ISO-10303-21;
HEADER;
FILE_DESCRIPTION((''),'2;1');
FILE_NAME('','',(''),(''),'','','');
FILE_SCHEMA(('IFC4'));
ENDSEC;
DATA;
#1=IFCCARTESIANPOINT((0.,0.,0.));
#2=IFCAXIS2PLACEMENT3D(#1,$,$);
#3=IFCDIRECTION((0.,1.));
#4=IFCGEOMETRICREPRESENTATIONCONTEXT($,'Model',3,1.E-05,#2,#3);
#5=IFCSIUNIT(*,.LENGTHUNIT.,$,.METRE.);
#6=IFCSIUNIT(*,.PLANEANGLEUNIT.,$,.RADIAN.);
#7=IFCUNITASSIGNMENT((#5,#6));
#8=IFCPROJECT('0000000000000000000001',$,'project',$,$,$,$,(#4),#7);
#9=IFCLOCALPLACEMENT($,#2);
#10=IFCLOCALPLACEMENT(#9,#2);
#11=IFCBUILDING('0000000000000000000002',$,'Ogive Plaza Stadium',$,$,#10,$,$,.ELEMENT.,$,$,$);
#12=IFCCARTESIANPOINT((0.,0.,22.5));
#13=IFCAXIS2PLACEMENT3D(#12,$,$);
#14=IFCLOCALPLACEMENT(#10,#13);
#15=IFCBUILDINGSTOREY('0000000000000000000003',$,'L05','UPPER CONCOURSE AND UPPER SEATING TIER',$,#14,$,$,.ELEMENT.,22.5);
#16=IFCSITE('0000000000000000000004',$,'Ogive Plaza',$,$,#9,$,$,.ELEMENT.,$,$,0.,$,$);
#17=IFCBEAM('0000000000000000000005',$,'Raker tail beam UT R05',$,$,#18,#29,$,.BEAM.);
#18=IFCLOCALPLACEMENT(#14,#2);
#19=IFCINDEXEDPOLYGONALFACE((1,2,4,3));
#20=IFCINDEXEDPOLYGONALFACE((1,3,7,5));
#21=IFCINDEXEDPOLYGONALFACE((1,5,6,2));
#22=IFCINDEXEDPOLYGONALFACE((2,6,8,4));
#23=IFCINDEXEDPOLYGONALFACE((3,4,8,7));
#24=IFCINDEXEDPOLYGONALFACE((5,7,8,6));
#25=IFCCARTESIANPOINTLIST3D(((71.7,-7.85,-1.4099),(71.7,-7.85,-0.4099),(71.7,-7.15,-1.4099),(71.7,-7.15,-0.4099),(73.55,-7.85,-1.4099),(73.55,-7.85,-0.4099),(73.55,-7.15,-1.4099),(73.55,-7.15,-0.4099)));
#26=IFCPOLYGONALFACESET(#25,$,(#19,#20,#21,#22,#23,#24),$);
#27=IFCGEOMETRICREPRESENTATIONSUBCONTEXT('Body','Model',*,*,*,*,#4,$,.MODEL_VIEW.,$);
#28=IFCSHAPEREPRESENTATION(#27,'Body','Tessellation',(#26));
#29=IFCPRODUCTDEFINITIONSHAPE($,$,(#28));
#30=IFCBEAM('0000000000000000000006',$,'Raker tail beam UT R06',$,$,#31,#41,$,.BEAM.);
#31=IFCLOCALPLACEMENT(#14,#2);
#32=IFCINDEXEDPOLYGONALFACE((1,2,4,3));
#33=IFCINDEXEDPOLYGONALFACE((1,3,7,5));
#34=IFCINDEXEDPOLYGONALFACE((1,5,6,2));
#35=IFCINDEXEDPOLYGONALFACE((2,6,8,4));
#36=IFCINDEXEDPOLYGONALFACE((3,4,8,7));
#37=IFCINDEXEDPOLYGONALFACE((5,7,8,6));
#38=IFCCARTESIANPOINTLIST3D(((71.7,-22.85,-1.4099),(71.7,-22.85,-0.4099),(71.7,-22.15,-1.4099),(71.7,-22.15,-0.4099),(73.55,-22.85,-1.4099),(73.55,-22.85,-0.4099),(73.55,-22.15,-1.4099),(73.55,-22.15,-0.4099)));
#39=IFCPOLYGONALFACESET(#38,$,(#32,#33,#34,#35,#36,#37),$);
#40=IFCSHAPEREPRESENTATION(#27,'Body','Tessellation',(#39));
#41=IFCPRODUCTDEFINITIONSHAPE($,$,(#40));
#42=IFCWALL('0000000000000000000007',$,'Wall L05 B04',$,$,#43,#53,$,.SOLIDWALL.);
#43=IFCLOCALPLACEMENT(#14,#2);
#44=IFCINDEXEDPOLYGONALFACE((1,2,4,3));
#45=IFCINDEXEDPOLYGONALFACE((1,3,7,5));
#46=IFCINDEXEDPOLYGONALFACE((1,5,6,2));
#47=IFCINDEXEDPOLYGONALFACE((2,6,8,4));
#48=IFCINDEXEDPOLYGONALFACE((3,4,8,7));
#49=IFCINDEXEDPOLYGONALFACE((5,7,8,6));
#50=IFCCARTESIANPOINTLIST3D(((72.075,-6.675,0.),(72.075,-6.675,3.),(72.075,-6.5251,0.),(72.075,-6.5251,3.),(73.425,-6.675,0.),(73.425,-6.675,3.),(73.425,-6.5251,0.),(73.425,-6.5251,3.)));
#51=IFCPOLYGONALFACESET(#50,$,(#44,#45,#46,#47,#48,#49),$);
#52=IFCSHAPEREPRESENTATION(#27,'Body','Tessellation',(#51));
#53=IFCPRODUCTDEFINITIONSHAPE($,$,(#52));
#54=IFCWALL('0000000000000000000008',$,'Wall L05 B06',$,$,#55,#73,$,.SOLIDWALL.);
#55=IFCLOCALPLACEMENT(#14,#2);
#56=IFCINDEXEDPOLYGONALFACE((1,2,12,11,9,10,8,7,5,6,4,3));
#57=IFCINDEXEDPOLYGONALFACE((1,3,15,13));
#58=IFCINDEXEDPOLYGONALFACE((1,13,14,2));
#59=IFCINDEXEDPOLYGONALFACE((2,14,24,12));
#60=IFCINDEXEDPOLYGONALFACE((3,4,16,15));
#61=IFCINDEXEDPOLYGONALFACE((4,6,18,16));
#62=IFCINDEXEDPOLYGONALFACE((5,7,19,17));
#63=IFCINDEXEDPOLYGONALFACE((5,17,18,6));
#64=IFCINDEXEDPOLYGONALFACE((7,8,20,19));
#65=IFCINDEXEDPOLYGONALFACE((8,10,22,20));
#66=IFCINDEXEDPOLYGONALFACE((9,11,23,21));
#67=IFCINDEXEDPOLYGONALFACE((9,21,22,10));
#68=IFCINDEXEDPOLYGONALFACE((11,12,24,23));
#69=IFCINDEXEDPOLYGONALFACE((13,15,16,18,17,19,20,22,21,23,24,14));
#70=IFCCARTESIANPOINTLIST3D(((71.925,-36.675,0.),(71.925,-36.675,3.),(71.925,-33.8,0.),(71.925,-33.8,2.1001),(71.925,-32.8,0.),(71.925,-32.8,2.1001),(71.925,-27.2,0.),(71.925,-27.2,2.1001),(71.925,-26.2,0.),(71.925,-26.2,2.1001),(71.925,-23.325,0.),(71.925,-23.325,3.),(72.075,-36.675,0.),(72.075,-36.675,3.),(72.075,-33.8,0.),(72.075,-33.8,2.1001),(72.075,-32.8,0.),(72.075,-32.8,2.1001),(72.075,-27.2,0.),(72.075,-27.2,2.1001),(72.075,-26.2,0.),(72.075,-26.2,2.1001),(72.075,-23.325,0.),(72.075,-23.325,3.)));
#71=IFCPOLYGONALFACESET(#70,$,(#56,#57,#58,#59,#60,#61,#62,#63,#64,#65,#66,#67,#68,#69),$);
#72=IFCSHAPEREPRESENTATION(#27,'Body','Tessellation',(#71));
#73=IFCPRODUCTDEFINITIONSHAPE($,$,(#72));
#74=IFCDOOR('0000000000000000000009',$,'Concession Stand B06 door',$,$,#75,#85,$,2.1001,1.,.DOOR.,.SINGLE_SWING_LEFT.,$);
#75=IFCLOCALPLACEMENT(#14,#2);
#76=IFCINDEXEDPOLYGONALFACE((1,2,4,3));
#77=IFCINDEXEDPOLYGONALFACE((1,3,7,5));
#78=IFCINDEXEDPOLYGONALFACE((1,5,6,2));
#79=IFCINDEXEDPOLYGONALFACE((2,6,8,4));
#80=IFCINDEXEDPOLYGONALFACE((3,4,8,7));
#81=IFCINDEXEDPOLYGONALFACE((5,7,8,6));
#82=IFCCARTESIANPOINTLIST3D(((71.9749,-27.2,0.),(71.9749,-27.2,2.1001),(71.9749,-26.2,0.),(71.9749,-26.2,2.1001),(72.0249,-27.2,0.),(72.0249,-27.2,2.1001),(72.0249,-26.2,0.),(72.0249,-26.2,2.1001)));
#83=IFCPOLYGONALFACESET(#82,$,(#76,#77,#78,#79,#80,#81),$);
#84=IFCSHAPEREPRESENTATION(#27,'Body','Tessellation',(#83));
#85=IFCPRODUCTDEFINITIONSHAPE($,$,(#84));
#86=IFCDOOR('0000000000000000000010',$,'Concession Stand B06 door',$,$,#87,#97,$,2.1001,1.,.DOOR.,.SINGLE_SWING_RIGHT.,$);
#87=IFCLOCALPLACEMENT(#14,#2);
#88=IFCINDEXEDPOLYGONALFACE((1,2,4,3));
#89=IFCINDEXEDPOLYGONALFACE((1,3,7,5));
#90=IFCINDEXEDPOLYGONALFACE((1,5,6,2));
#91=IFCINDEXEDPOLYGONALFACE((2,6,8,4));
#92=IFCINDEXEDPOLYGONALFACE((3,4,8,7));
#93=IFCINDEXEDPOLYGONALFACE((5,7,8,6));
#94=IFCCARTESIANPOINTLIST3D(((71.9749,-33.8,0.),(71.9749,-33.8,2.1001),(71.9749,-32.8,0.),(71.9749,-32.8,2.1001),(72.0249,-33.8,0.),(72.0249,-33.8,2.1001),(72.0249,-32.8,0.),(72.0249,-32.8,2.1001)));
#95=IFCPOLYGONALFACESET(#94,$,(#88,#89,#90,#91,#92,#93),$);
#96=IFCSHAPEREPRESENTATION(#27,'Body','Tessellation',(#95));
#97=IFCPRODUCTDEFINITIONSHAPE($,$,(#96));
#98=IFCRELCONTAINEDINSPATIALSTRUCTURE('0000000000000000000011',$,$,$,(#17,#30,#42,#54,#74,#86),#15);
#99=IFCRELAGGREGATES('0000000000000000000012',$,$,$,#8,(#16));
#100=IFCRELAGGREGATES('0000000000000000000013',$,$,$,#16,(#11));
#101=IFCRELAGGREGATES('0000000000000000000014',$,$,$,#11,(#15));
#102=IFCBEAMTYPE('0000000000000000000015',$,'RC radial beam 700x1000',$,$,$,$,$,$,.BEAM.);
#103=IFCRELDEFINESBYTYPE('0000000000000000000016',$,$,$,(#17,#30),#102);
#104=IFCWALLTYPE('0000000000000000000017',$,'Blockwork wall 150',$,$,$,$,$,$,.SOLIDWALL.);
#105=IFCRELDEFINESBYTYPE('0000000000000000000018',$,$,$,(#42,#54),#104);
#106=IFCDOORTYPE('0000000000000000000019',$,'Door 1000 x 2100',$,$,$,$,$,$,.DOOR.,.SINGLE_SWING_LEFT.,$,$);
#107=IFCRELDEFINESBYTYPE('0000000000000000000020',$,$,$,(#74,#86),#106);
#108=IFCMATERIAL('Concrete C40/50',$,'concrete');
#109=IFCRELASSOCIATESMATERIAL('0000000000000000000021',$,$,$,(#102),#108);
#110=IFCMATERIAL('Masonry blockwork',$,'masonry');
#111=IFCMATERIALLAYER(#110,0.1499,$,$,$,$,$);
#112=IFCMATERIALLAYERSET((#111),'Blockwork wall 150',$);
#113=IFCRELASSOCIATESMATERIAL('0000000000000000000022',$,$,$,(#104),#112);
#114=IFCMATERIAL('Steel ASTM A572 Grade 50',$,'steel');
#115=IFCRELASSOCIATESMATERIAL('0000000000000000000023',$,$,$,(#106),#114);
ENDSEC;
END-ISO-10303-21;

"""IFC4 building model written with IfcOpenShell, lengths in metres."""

from ifc_helpers import new_model, si_unit, direction, frame, frame_2d, origin, origin_2d, place, context, subcontext, project, spatial, rectangle, extrude, material, layer, layer_set, material_profile, profile_set, type_object, element, fill, save


model = new_model("IFC4")

# Units and contexts
model_context = context("Model", 3, precision=1e-05, world=origin(), true_north=direction((0.0, 1.0)))
body_context = subcontext(model_context, "Body", "Model", "MODEL_VIEW")
ifc_project = project(units=[si_unit("LENGTHUNIT", "METRE"), si_unit("PLANEANGLEUNIT", "RADIAN")], contexts=[model_context])

# Site, building, storey
site_placement = place(None, origin())
site = spatial("IfcSite", under=ifc_project, at=site_placement, Name="Ogive Plaza", CompositionType="ELEMENT", RefElevation=0.0)
building_placement = place(site_placement, origin())
building = spatial("IfcBuilding", under=site, at=building_placement, Name="Ogive Plaza Stadium", CompositionType="ELEMENT")
storey_placement = place(building_placement, frame((0.0, 0.0, 22.5)))
storey = spatial("IfcBuildingStorey", under=building, at=storey_placement, Name="L05", Description="UPPER CONCOURSE AND UPPER SEATING TIER", CompositionType="ELEMENT", Elevation=22.5)

# Beams
ifc_material_1 = material(Name="Concrete C40/50", Category="concrete")
ifc_material_profile = material_profile(ifc_material_1, rectangle(XDim=0.7, YDim=1.0, at=origin_2d()), Name="RC 700x1000")
ifc_profile_set = profile_set([ifc_material_profile], Name="Concrete C40/50")
beam_type = type_object("IfcBeamType", Name="RC radial beam 700x1000", PredefinedType="BEAM", material=ifc_profile_set)
for number, where, z_axis, x_axis, name in (
    (1, (71.7, -7.5, -0.9099), (1.0, 0.0, 0.0), (0.0, 1.0, 0.0), "Raker tail beam UT R05"),
    (2, (71.7, -22.5, -0.9099), (1.0, 0.0, 0.0), (0.0, 1.0, 0.0), "Raker tail beam UT R06"),
):
    element("IfcBeam", number, at=place(storey_placement, frame(where, z_axis=z_axis, x_axis=x_axis)), inside=storey, type_object=beam_type, Name=name, PredefinedType="BEAM", context=body_context, shape_type="SweptSolid", body=[
        extrude(rectangle(XDim=0.7, YDim=1.0, at=origin_2d()), origin(), (0.0, 0.0, 1.0), 1.8501),
    ])

# Wall
ifc_material_2 = material(Name="Masonry blockwork", Category="masonry")
ifc_layer_1 = layer(ifc_material_2, 0.1499)
ifc_layer_set_1 = layer_set([ifc_layer_1], Name="Blockwork wall 150")
wall_type_1 = type_object("IfcWallType", Name="Blockwork wall 150", PredefinedType="SOLIDWALL", material=ifc_layer_set_1)
wall_1_placement = place(storey_placement, frame((72.075, -6.6001, 0.0), z_axis=(0.0, 0.0, 1.0), x_axis=(1.0, 0.0, 0.0)))
element("IfcWall", 3, at=wall_1_placement, inside=storey, type_object=wall_type_1, Name="Wall L05 B04", PredefinedType="SOLIDWALL", context=body_context, shape_type="SweptSolid", body=[
    extrude(rectangle(XDim=1.3501, YDim=0.1499, at=frame_2d((0.675, 0.0))), origin(), (0.0, 0.0, 1.0), 3.0),
])

# Wall, openings, doors
wall_2_placement = place(storey_placement, frame((72.0, -23.325, 0.0), z_axis=(0.0, 0.0, 1.0), x_axis=(0.0, -1.0, 0.0)))
wall_2 = element("IfcWall", 4, at=wall_2_placement, inside=storey, type_object=wall_type_1, Name="Wall L05 B06", PredefinedType="SOLIDWALL", context=body_context, shape_type="SweptSolid", body=[
    extrude(rectangle(XDim=13.3501, YDim=0.1499, at=frame_2d((6.675, 0.0))), origin(), (0.0, 0.0, 1.0), 3.0),
])
opening_1_placement = place(wall_2_placement, frame((2.875, 0.0, 0.0)))
opening_1 = element("IfcOpeningElement", 5, at=opening_1_placement, cuts=wall_2, PredefinedType="OPENING", context=body_context, shape_type="SweptSolid", body=[
    extrude(rectangle(XDim=1.0, YDim=2.1001, at=frame_2d((0.5, 1.05))), frame((0.0, 0.075, 0.0), z_axis=(0.0, -1.0, 0.0), x_axis=(1.0, 0.0, 0.0)), (0.0, 0.0, 1.0), 0.1499),
])
opening_2_placement = place(wall_2_placement, frame((9.4751, 0.0, 0.0)))
opening_2 = element("IfcOpeningElement", 6, at=opening_2_placement, cuts=wall_2, PredefinedType="OPENING", context=body_context, shape_type="SweptSolid", body=[
    extrude(rectangle(XDim=1.0, YDim=2.1001, at=frame_2d((0.5, 1.05))), frame((0.0, 0.075, 0.0), z_axis=(0.0, -1.0, 0.0), x_axis=(1.0, 0.0, 0.0)), (0.0, 0.0, 1.0), 0.1499),
])
ifc_material_3 = material(Name="Steel ASTM A572 Grade 50", Category="steel")
door_type_1 = type_object("IfcDoorType", Name="Door 1000 x 2100", OperationType="SINGLE_SWING_LEFT", PredefinedType="DOOR", material=ifc_material_3)
door_1_placement = place(opening_1_placement, origin())
door_1 = element("IfcDoor", 7, at=door_1_placement, inside=storey, type_object=door_type_1, Name="Concession Stand B06 door", OperationType="SINGLE_SWING_LEFT", OverallHeight=2.1001, OverallWidth=1.0, PredefinedType="DOOR", context=body_context, shape_type="SweptSolid", body=[
    extrude(rectangle(XDim=1.0, YDim=2.1001, at=frame_2d((0.5, 1.05))), frame((0.0, 0.0249, 0.0), z_axis=(0.0, -1.0, 0.0), x_axis=(1.0, 0.0, 0.0)), (0.0, 0.0, 1.0), 0.05),
])
fill(opening_1, door_1)
door_2_placement = place(opening_2_placement, origin())
door_2 = element("IfcDoor", 8, at=door_2_placement, inside=storey, type_object=door_type_1, Name="Concession Stand B06 door", OperationType="SINGLE_SWING_RIGHT", OverallHeight=2.1001, OverallWidth=1.0, PredefinedType="DOOR", context=body_context, shape_type="SweptSolid", body=[
    extrude(rectangle(XDim=1.0, YDim=2.1001, at=frame_2d((0.5, 1.05))), frame((0.0, 0.0249, 0.0), z_axis=(0.0, -1.0, 0.0), x_axis=(1.0, 0.0, 0.0)), (0.0, 0.0, 1.0), 0.05),
])
fill(opening_2, door_2)

save(model, "model.ifc")
